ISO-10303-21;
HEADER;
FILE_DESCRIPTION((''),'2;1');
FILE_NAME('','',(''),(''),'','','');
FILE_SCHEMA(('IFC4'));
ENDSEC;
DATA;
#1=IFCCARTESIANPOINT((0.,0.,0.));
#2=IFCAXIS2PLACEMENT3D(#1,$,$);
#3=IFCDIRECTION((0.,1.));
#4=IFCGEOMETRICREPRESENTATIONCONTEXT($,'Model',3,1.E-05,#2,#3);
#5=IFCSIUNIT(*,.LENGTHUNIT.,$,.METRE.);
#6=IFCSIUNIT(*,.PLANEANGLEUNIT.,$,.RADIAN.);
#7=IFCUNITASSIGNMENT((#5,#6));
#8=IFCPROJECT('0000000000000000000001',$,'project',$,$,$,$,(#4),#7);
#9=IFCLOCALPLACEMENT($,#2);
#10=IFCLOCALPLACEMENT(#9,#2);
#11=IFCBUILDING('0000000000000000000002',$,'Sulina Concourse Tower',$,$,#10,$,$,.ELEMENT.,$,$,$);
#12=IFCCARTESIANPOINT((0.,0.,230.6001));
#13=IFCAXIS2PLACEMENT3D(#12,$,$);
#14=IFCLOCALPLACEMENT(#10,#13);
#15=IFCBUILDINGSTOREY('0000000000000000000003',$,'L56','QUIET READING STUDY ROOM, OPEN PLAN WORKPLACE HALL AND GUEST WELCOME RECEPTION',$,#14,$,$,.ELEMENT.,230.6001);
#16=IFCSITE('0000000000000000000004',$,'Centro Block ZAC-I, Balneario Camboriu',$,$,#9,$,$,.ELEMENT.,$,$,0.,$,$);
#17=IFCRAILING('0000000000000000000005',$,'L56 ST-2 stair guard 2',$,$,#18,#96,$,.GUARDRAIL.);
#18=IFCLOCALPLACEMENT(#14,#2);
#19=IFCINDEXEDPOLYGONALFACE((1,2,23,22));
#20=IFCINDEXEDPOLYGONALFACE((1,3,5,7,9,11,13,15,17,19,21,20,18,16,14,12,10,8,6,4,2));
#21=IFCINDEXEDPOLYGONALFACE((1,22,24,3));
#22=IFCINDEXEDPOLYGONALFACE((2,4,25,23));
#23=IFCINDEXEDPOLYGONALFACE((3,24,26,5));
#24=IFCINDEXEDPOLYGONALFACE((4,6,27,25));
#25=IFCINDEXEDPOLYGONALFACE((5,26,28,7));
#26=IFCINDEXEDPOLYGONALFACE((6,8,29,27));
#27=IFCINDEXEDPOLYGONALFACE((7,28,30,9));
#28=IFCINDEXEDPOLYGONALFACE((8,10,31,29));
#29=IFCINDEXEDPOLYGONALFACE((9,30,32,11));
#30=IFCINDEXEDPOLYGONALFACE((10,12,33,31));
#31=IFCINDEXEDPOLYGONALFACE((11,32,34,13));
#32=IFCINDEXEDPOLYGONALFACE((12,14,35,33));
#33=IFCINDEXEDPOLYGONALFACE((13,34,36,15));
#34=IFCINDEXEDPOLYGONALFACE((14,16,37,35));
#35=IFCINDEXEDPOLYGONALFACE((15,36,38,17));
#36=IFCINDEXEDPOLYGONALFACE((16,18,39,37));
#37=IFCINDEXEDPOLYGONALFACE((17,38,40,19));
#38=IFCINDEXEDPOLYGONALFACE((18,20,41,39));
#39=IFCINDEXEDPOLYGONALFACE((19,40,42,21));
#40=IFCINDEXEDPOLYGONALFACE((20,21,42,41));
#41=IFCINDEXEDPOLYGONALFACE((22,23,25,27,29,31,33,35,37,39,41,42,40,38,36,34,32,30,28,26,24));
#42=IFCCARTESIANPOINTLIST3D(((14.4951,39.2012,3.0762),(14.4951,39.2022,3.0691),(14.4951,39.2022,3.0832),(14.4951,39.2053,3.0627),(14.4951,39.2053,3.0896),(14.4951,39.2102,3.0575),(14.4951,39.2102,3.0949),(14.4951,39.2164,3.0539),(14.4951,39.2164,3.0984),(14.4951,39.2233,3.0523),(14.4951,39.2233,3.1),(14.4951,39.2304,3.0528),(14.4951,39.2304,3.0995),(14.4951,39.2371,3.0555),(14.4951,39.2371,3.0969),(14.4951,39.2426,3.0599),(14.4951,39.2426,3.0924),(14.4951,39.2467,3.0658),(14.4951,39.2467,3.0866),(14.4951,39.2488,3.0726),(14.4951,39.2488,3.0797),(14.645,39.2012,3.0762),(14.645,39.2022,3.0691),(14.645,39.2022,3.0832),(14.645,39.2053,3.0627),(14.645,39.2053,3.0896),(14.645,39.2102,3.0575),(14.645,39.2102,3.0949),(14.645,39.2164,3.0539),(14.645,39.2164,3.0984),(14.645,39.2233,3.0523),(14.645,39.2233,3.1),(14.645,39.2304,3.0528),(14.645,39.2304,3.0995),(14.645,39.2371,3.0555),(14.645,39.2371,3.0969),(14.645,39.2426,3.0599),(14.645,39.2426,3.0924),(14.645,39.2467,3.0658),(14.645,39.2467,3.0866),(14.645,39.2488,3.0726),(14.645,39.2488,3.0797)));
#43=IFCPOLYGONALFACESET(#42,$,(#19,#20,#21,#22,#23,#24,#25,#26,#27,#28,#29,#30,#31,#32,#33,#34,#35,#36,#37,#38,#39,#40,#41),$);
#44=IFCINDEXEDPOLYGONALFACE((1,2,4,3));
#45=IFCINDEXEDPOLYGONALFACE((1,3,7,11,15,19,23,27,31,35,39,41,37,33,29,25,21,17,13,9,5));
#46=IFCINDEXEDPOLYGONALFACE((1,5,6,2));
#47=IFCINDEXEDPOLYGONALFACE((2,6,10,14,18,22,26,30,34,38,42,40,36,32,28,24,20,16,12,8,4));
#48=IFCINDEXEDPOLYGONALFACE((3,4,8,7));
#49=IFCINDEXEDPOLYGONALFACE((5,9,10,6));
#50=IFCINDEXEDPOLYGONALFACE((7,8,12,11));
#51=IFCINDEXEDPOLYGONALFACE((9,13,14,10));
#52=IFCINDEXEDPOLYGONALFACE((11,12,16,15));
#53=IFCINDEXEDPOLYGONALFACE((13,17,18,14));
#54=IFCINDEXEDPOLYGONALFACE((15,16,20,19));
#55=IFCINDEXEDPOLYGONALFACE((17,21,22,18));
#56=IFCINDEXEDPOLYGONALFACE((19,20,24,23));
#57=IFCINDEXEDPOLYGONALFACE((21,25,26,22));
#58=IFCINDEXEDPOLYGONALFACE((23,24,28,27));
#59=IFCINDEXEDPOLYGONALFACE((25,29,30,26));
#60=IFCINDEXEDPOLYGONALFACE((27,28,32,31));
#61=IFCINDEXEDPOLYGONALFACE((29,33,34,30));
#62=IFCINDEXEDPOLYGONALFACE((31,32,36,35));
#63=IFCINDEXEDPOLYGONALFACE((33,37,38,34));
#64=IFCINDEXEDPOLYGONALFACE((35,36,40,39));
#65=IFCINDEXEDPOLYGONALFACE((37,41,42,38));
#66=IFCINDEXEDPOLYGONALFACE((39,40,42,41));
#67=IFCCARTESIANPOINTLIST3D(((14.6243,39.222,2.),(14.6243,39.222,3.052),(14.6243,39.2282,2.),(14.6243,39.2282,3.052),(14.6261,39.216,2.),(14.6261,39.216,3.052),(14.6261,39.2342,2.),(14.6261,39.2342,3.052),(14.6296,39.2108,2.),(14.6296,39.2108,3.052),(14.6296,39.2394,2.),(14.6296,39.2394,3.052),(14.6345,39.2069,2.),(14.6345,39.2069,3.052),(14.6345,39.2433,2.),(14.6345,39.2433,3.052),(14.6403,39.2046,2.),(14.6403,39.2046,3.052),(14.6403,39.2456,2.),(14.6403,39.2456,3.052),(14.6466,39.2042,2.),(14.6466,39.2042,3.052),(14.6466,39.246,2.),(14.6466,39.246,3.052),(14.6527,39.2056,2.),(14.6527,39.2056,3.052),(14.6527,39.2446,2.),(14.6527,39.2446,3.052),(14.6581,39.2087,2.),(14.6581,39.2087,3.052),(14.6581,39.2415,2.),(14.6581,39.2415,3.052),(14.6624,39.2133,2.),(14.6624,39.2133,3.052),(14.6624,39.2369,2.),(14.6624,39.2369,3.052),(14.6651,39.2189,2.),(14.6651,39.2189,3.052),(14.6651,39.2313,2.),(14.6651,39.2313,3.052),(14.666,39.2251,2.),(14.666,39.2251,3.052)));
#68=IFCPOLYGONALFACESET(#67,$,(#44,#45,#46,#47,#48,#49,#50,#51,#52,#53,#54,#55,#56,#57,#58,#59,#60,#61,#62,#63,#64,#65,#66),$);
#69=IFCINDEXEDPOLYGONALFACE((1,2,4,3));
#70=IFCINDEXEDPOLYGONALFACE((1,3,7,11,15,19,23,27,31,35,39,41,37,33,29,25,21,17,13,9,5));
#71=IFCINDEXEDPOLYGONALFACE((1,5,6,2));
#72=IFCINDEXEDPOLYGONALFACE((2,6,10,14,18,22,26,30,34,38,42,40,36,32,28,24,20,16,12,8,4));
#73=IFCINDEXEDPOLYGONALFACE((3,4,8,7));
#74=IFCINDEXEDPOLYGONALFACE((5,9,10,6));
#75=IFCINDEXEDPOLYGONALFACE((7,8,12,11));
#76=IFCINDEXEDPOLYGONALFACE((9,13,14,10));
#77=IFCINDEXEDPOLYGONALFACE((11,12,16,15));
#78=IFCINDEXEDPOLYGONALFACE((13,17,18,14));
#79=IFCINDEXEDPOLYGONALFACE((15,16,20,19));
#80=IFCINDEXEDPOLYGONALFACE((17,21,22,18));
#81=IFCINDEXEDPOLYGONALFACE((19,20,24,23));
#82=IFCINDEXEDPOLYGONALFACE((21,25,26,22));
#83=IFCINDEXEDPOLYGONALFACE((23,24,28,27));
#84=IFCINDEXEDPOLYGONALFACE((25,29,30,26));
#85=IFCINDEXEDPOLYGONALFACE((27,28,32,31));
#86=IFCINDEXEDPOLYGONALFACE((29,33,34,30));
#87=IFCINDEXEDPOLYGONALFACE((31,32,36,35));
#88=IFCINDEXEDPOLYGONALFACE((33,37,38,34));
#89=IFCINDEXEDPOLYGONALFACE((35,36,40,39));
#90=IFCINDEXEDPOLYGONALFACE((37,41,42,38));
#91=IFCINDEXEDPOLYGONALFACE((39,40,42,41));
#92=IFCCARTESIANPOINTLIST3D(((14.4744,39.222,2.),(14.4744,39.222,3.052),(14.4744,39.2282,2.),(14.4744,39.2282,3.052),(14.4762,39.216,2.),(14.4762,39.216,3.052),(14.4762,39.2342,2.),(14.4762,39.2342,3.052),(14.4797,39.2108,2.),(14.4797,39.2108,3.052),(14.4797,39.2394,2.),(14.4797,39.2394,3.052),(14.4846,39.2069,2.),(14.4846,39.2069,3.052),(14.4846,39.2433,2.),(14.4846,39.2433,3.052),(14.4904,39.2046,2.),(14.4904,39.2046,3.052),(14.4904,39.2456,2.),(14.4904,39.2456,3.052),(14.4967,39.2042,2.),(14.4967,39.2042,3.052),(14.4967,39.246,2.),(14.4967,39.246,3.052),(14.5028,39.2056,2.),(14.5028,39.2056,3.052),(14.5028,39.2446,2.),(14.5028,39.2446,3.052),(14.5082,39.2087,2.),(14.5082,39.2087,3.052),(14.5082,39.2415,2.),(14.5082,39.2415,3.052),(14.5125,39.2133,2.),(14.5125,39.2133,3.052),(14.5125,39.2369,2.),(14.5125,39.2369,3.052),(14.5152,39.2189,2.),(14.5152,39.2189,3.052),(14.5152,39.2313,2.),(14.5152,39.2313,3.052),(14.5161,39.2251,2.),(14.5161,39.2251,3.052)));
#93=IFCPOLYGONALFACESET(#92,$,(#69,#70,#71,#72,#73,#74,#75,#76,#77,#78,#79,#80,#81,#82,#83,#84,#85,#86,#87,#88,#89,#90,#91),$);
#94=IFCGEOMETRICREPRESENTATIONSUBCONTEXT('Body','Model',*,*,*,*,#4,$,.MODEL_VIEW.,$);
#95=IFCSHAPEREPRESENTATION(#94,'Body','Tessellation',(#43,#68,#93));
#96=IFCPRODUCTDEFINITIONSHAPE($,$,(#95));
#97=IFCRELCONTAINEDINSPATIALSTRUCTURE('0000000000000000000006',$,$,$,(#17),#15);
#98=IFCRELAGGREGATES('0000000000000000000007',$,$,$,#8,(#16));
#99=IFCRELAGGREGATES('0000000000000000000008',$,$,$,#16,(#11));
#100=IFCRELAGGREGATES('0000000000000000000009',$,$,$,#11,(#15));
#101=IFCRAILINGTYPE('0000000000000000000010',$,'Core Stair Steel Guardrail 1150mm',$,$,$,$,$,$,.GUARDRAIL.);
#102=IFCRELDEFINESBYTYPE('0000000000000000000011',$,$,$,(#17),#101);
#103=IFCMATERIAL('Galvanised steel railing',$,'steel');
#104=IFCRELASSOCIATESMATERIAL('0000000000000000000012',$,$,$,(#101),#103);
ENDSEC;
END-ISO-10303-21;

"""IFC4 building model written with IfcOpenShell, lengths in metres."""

from ifc_helpers import new_model, si_unit, direction, frame, origin, origin_2d, place, context, subcontext, project, spatial, circle, extrude, material, type_object, element, save


model = new_model("IFC4")

# Units and contexts
model_context = context("Model", 3, precision=1e-05, world=origin(), true_north=direction((0.0, 1.0)))
body_context = subcontext(model_context, "Body", "Model", "MODEL_VIEW")
ifc_project = project(units=[si_unit("LENGTHUNIT", "METRE"), si_unit("PLANEANGLEUNIT", "RADIAN")], contexts=[model_context])

# Site, building, storey
site_placement = place(None, origin())
site = spatial("IfcSite", under=ifc_project, at=site_placement, Name="Centro Block ZAC-I, Balneario Camboriu", CompositionType="ELEMENT", RefElevation=0.0)
building_placement = place(site_placement, origin())
building = spatial("IfcBuilding", under=site, at=building_placement, Name="Sulina Concourse Tower", CompositionType="ELEMENT")
storey_placement = place(building_placement, frame((0.0, 0.0, 230.6001)))
storey = spatial("IfcBuildingStorey", under=building, at=storey_placement, Name="L56", Description="QUIET READING STUDY ROOM, OPEN PLAN WORKPLACE HALL AND GUEST WELCOME RECEPTION", CompositionType="ELEMENT", Elevation=230.6001)

# Railing
ifc_material_1 = material(Name="Galvanised steel railing", Category="steel")
railing_type_1 = type_object("IfcRailingType", Name="Core Stair Steel Guardrail 1150mm", PredefinedType="GUARDRAIL", material=ifc_material_1)
railing_1_placement = place(storey_placement, frame((14.645, 39.2251, 2.0)))
element("IfcRailing", 1, at=railing_1_placement, inside=storey, type_object=railing_type_1, Name="L56 ST-2 stair guard 2", PredefinedType="GUARDRAIL", context=body_context, shape_type="SweptSolid", body=[
    extrude(circle(Radius=0.0239, at=origin_2d()), frame((0.0, 0.0, 1.0762), z_axis=(-1.0, 0.0, 0.0), x_axis=(0.0, -1.0, 0.0)), (0.0, 0.0, 1.0), 0.1499),
    extrude(circle(Radius=0.021, at=origin_2d()), origin(), (0.0, 0.0, 1.0), 1.052),
    extrude(circle(Radius=0.021, at=origin_2d()), frame((-0.1499, 0.0, 0.0)), (0.0, 0.0, 1.0), 1.052),
])

save(model, "model.ifc")
